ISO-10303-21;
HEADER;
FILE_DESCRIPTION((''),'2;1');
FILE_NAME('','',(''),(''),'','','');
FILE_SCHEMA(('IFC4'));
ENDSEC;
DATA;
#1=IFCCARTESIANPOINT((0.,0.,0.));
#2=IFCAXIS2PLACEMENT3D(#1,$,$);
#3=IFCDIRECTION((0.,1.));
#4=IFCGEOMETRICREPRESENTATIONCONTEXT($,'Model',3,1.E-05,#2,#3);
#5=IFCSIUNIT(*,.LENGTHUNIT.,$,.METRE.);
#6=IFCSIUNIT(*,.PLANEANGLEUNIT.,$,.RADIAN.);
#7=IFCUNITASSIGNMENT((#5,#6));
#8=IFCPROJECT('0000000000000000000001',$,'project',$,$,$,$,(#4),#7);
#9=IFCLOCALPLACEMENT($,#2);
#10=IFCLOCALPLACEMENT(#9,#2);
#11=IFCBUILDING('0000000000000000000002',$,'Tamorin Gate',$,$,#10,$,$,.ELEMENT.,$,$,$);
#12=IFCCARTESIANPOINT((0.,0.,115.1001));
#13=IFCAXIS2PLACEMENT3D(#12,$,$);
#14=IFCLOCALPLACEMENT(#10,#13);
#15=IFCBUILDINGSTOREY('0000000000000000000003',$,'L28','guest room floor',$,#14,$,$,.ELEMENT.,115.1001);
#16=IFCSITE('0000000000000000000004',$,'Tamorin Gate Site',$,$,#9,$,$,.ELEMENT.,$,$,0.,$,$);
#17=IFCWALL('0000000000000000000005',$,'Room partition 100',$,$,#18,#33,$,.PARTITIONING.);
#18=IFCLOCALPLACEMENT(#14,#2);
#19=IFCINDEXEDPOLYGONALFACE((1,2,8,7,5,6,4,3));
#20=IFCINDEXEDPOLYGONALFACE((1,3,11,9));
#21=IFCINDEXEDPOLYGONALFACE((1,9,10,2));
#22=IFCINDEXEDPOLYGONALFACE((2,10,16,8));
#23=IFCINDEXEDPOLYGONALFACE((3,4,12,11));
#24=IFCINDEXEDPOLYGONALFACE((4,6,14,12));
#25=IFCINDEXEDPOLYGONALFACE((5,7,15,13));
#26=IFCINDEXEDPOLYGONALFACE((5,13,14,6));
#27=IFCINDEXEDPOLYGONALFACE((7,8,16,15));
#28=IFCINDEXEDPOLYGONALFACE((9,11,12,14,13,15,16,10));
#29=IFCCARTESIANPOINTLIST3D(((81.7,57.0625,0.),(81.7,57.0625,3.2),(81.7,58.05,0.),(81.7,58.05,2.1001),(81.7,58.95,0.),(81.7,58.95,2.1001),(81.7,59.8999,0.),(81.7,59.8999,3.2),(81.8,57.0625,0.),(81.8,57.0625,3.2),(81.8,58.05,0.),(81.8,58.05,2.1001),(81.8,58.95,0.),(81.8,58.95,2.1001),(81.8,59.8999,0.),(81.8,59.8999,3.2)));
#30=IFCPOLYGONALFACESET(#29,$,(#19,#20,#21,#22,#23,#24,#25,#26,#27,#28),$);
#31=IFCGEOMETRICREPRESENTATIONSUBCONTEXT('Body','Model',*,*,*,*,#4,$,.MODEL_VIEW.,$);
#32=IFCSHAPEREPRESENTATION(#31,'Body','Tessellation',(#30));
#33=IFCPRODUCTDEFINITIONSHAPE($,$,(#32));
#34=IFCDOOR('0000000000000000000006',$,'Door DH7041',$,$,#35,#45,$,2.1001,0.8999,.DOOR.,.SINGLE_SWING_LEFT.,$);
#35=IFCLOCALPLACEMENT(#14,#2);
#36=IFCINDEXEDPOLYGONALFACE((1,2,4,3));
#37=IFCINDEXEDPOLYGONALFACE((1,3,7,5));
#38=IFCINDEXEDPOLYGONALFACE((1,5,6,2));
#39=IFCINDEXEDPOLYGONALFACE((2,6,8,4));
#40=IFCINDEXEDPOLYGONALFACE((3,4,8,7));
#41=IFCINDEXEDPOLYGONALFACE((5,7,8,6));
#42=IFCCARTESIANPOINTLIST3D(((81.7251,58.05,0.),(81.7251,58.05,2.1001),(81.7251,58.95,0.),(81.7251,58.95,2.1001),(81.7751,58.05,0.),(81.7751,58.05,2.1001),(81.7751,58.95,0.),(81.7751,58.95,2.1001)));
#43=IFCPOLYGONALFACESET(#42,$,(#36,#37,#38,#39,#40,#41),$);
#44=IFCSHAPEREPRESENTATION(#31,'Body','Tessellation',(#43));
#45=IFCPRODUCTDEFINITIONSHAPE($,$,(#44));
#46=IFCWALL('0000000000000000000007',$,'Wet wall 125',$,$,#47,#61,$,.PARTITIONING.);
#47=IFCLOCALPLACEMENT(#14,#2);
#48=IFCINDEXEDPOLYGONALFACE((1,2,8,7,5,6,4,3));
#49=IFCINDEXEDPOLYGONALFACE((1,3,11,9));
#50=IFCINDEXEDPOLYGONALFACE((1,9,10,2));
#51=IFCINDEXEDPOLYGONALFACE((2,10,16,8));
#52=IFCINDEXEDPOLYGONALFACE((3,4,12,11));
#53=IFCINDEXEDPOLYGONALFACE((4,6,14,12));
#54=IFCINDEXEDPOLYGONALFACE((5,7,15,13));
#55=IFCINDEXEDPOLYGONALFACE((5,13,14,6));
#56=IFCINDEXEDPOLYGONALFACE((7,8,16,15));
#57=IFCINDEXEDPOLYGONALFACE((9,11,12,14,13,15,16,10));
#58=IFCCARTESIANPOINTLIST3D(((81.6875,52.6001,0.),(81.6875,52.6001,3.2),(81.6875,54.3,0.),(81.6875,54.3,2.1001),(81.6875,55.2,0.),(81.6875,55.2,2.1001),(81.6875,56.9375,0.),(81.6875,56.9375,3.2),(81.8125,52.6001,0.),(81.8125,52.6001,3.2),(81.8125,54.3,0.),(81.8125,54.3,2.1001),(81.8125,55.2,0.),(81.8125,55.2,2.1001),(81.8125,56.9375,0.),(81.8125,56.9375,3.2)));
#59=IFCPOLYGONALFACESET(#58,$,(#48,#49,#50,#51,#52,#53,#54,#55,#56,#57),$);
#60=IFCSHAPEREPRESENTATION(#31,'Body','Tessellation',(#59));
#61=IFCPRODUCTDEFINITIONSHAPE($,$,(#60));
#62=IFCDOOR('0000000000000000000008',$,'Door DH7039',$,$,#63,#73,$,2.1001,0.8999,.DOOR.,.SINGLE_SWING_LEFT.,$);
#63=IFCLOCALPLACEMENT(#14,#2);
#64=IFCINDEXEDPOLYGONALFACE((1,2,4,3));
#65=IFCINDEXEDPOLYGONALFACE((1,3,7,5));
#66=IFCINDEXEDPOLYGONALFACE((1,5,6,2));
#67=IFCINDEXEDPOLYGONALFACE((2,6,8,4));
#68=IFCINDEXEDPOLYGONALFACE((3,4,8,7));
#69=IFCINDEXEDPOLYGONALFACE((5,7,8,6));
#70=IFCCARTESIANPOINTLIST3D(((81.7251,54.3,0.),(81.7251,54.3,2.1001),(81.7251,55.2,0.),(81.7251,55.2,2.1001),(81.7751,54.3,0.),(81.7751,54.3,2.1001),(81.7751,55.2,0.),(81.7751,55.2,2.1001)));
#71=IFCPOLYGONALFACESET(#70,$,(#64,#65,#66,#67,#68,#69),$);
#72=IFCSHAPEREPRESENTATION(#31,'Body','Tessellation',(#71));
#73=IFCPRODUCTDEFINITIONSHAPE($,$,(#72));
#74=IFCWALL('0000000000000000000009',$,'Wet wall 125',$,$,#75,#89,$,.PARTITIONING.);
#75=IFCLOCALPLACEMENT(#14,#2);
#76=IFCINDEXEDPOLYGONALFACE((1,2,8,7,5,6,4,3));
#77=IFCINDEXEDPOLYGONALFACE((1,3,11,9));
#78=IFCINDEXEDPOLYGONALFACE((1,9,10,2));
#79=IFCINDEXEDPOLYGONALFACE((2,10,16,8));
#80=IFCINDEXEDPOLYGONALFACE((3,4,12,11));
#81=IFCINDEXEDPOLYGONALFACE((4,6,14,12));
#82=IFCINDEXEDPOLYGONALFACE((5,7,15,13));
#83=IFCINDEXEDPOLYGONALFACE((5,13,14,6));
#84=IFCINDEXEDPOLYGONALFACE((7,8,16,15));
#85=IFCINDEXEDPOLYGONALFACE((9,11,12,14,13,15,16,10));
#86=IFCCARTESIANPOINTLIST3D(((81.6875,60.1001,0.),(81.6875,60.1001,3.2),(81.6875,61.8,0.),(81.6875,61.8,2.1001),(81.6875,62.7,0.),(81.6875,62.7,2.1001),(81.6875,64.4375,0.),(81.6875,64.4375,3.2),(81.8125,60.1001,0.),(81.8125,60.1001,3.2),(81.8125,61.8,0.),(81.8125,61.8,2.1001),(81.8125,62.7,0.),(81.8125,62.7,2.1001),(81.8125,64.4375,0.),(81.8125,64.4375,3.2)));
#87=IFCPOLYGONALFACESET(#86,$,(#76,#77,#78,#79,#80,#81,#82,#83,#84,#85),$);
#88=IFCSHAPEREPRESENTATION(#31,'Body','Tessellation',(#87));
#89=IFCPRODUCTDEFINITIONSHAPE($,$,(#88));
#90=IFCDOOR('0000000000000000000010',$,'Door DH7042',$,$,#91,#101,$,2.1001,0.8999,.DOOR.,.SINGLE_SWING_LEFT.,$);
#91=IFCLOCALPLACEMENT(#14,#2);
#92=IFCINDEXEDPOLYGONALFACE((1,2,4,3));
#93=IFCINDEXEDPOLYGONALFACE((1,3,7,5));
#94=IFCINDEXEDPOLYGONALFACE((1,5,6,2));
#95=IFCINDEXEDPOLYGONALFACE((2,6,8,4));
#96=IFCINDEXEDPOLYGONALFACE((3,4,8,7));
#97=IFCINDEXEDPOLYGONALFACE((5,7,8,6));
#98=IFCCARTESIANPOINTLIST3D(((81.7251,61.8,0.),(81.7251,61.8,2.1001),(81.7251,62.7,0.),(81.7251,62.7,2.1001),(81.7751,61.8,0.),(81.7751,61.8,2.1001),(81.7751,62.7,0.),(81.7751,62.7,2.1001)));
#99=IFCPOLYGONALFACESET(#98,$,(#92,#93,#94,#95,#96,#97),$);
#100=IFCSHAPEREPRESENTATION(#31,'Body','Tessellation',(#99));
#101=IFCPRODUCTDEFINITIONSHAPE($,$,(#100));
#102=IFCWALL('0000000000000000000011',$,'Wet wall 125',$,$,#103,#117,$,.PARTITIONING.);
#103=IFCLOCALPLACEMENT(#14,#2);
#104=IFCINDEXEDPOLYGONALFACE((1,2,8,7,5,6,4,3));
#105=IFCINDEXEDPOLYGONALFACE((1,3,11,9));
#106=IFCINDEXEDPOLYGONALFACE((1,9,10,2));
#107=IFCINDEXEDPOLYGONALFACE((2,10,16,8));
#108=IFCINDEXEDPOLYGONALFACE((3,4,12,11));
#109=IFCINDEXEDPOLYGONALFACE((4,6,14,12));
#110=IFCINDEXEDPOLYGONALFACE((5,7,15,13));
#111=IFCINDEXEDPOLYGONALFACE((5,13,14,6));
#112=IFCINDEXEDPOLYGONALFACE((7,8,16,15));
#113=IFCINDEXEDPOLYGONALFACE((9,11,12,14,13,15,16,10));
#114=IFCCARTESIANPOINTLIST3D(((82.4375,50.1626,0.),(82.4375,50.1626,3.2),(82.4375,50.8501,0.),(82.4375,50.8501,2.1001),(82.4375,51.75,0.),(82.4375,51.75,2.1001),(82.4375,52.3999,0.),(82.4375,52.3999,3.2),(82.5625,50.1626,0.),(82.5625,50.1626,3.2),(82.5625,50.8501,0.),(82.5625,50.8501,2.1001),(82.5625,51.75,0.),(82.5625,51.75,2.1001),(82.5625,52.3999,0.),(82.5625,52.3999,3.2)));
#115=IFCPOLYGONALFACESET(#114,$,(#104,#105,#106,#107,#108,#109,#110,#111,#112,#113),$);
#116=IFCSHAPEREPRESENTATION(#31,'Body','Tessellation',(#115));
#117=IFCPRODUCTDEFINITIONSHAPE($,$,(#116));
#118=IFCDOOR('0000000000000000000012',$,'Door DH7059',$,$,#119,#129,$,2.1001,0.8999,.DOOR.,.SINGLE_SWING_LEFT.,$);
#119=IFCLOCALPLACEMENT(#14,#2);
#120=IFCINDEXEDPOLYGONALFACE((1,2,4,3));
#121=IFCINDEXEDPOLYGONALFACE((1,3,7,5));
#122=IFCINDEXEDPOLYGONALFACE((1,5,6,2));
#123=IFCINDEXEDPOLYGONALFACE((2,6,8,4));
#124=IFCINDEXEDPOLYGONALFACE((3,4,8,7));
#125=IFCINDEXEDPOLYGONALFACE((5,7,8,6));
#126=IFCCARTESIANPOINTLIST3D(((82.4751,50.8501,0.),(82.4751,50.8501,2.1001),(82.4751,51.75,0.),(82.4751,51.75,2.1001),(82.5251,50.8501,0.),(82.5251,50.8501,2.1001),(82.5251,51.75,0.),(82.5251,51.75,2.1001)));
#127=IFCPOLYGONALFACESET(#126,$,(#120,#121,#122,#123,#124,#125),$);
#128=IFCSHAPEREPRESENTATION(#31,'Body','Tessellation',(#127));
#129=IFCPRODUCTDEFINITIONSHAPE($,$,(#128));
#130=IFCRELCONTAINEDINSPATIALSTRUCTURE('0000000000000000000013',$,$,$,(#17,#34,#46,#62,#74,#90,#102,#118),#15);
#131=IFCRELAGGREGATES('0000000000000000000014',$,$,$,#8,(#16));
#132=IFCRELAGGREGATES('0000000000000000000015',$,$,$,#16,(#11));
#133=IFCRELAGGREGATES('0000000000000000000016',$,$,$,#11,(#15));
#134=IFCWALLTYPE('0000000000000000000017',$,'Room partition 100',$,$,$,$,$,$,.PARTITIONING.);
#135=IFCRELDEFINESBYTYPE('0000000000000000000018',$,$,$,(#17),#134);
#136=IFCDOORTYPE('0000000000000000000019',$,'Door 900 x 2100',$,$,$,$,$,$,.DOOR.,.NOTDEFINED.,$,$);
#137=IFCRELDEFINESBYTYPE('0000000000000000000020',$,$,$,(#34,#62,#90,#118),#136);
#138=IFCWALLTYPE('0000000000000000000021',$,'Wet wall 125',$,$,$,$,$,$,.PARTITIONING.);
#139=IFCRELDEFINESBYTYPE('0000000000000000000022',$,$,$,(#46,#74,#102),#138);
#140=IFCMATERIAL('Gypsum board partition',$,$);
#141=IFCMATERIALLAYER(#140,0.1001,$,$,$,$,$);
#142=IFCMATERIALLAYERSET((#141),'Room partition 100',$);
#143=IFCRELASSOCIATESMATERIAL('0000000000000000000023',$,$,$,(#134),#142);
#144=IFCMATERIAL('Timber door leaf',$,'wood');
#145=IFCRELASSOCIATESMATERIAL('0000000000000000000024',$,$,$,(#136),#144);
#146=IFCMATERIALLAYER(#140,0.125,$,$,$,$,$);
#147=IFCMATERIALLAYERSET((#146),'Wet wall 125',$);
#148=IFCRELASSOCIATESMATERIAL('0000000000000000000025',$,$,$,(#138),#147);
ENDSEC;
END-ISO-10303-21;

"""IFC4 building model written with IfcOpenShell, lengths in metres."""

from ifc_helpers import new_model, si_unit, direction, frame, frame_2d, origin, place, context, subcontext, project, spatial, rectangle, extrude, material, layer, layer_set, type_object, element, fill, save


model = new_model("IFC4")

# Units and contexts
model_context = context("Model", 3, precision=1e-05, world=origin(), true_north=direction((0.0, 1.0)))
body_context = subcontext(model_context, "Body", "Model", "MODEL_VIEW")
ifc_project = project(units=[si_unit("LENGTHUNIT", "METRE"), si_unit("PLANEANGLEUNIT", "RADIAN")], contexts=[model_context])

# Site, building, storey
site_placement = place(None, origin())
site = spatial("IfcSite", under=ifc_project, at=site_placement, Name="Tamorin Gate Site", CompositionType="ELEMENT", RefElevation=0.0)
building_placement = place(site_placement, origin())
building = spatial("IfcBuilding", under=site, at=building_placement, Name="Tamorin Gate", CompositionType="ELEMENT")
storey_placement = place(building_placement, frame((0.0, 0.0, 115.1001)))
storey = spatial("IfcBuildingStorey", under=building, at=storey_placement, Name="L28", Description="guest room floor", CompositionType="ELEMENT", Elevation=115.1001)

# Walls, openings, doors
ifc_material_1 = material(Name="Gypsum board partition")
ifc_layer_1 = layer(ifc_material_1, 0.1001)
ifc_layer_set_1 = layer_set([ifc_layer_1], Name="Room partition 100")
wall_type_1 = type_object("IfcWallType", Name="Room partition 100", PredefinedType="PARTITIONING", material=ifc_layer_set_1)
wall_1_placement = place(storey_placement, frame((81.75, 57.0625, 0.0), z_axis=(0.0, 0.0, 1.0), x_axis=(0.0, 1.0, 0.0)))
wall_1 = element("IfcWall", 1, at=wall_1_placement, inside=storey, type_object=wall_type_1, Name="Room partition 100", PredefinedType="PARTITIONING", context=body_context, shape_type="SweptSolid", body=[
    extrude(rectangle(XDim=2.8374, YDim=0.1001, at=frame_2d((1.4187, 0.0))), origin(), (0.0, 0.0, 1.0), 3.2),
])
opening_1_placement = place(wall_1_placement, frame((0.9875, 0.0, 0.0)))
opening_1 = element("IfcOpeningElement", 2, at=opening_1_placement, cuts=wall_1, PredefinedType="OPENING", context=body_context, shape_type="SweptSolid", body=[
    extrude(rectangle(XDim=0.8999, YDim=2.1001, at=frame_2d((0.45, 1.05))), frame((0.0, 0.0601, 0.0), z_axis=(0.0, -1.0, 0.0), x_axis=(1.0, 0.0, 0.0)), (0.0, 0.0, 1.0), 0.1201),
])
ifc_material_2 = material(Name="Timber door leaf", Category="wood")
door_type = type_object("IfcDoorType", Name="Door 900 x 2100", OperationType="NOTDEFINED", PredefinedType="DOOR", material=ifc_material_2)
door_1_placement = place(opening_1_placement, origin())
door_1 = element("IfcDoor", 3, at=door_1_placement, inside=storey, type_object=door_type, Name="Door DH7041", OperationType="SINGLE_SWING_LEFT", OverallHeight=2.1001, OverallWidth=0.8999, PredefinedType="DOOR", context=body_context, shape_type="SweptSolid", body=[
    extrude(rectangle(XDim=0.8999, YDim=2.1001, at=frame_2d((0.45, 1.05))), frame((0.0, 0.0249, 0.0), z_axis=(0.0, -1.0, 0.0), x_axis=(1.0, 0.0, 0.0)), (0.0, 0.0, 1.0), 0.05),
])
fill(opening_1, door_1)
ifc_layer_2 = layer(ifc_material_1, 0.125)
ifc_layer_set_2 = layer_set([ifc_layer_2], Name="Wet wall 125")
wall_type_2 = type_object("IfcWallType", Name="Wet wall 125", PredefinedType="PARTITIONING", material=ifc_layer_set_2)
wall_2_placement = place(storey_placement, frame((81.75, 52.6001, 0.0), z_axis=(0.0, 0.0, 1.0), x_axis=(0.0, 1.0, 0.0)))
wall_2 = element("IfcWall", 4, at=wall_2_placement, inside=storey, type_object=wall_type_2, Name="Wet wall 125", PredefinedType="PARTITIONING", context=body_context, shape_type="SweptSolid", body=[
    extrude(rectangle(XDim=4.3374, YDim=0.125, at=frame_2d((2.1687, 0.0))), origin(), (0.0, 0.0, 1.0), 3.2),
])
opening_2_placement = place(wall_2_placement, frame((1.7, 0.0, 0.0)))
opening_2 = element("IfcOpeningElement", 5, at=opening_2_placement, cuts=wall_2, PredefinedType="OPENING", context=body_context, shape_type="SweptSolid", body=[
    extrude(rectangle(XDim=0.8999, YDim=2.1001, at=frame_2d((0.45, 1.05))), frame((0.0, 0.0725, 0.0), z_axis=(0.0, -1.0, 0.0), x_axis=(1.0, 0.0, 0.0)), (0.0, 0.0, 1.0), 0.145),
])
door_2_placement = place(opening_2_placement, origin())
door_2 = element("IfcDoor", 6, at=door_2_placement, inside=storey, type_object=door_type, Name="Door DH7039", OperationType="SINGLE_SWING_LEFT", OverallHeight=2.1001, OverallWidth=0.8999, PredefinedType="DOOR", context=body_context, shape_type="SweptSolid", body=[
    extrude(rectangle(XDim=0.8999, YDim=2.1001, at=frame_2d((0.45, 1.05))), frame((0.0, 0.0249, 0.0), z_axis=(0.0, -1.0, 0.0), x_axis=(1.0, 0.0, 0.0)), (0.0, 0.0, 1.0), 0.05),
])
fill(opening_2, door_2)
wall_3_placement = place(storey_placement, frame((81.75, 60.1001, 0.0), z_axis=(0.0, 0.0, 1.0), x_axis=(0.0, 1.0, 0.0)))
wall_3 = element("IfcWall", 7, at=wall_3_placement, inside=storey, type_object=wall_type_2, Name="Wet wall 125", PredefinedType="PARTITIONING", context=body_context, shape_type="SweptSolid", body=[
    extrude(rectangle(XDim=4.3374, YDim=0.125, at=frame_2d((2.1687, 0.0))), origin(), (0.0, 0.0, 1.0), 3.2),
])
opening_3_placement = place(wall_3_placement, frame((1.7, 0.0, 0.0)))
opening_3 = element("IfcOpeningElement", 8, at=opening_3_placement, cuts=wall_3, PredefinedType="OPENING", context=body_context, shape_type="SweptSolid", body=[
    extrude(rectangle(XDim=0.8999, YDim=2.1001, at=frame_2d((0.45, 1.05))), frame((0.0, 0.0725, 0.0), z_axis=(0.0, -1.0, 0.0), x_axis=(1.0, 0.0, 0.0)), (0.0, 0.0, 1.0), 0.145),
])
door_3_placement = place(opening_3_placement, origin())
door_3 = element("IfcDoor", 9, at=door_3_placement, inside=storey, type_object=door_type, Name="Door DH7042", OperationType="SINGLE_SWING_LEFT", OverallHeight=2.1001, OverallWidth=0.8999, PredefinedType="DOOR", context=body_context, shape_type="SweptSolid", body=[
    extrude(rectangle(XDim=0.8999, YDim=2.1001, at=frame_2d((0.45, 1.05))), frame((0.0, 0.0249, 0.0), z_axis=(0.0, -1.0, 0.0), x_axis=(1.0, 0.0, 0.0)), (0.0, 0.0, 1.0), 0.05),
])
fill(opening_3, door_3)
wall_4_placement = place(storey_placement, frame((82.5, 50.1626, 0.0), z_axis=(0.0, 0.0, 1.0), x_axis=(0.0, 1.0, 0.0)))
wall_4 = element("IfcWall", 10, at=wall_4_placement, inside=storey, type_object=wall_type_2, Name="Wet wall 125", PredefinedType="PARTITIONING", context=body_context, shape_type="SweptSolid", body=[
    extrude(rectangle(XDim=2.2373, YDim=0.125, at=frame_2d((1.1187, 0.0))), origin(), (0.0, 0.0, 1.0), 3.2),
])
opening_4_placement = place(wall_4_placement, frame((0.6875, 0.0, 0.0)))
opening_4 = element("IfcOpeningElement", 11, at=opening_4_placement, cuts=wall_4, PredefinedType="OPENING", context=body_context, shape_type="SweptSolid", body=[
    extrude(rectangle(XDim=0.8999, YDim=2.1001, at=frame_2d((0.45, 1.05))), frame((0.0, 0.0725, 0.0), z_axis=(0.0, -1.0, 0.0), x_axis=(1.0, 0.0, 0.0)), (0.0, 0.0, 1.0), 0.145),
])
door_4_placement = place(opening_4_placement, origin())
door_4 = element("IfcDoor", 12, at=door_4_placement, inside=storey, type_object=door_type, Name="Door DH7059", OperationType="SINGLE_SWING_LEFT", OverallHeight=2.1001, OverallWidth=0.8999, PredefinedType="DOOR", context=body_context, shape_type="SweptSolid", body=[
    extrude(rectangle(XDim=0.8999, YDim=2.1001, at=frame_2d((0.45, 1.05))), frame((0.0, 0.0249, 0.0), z_axis=(0.0, -1.0, 0.0), x_axis=(1.0, 0.0, 0.0)), (0.0, 0.0, 1.0), 0.05),
])
fill(opening_4, door_4)

save(model, "model.ifc")
